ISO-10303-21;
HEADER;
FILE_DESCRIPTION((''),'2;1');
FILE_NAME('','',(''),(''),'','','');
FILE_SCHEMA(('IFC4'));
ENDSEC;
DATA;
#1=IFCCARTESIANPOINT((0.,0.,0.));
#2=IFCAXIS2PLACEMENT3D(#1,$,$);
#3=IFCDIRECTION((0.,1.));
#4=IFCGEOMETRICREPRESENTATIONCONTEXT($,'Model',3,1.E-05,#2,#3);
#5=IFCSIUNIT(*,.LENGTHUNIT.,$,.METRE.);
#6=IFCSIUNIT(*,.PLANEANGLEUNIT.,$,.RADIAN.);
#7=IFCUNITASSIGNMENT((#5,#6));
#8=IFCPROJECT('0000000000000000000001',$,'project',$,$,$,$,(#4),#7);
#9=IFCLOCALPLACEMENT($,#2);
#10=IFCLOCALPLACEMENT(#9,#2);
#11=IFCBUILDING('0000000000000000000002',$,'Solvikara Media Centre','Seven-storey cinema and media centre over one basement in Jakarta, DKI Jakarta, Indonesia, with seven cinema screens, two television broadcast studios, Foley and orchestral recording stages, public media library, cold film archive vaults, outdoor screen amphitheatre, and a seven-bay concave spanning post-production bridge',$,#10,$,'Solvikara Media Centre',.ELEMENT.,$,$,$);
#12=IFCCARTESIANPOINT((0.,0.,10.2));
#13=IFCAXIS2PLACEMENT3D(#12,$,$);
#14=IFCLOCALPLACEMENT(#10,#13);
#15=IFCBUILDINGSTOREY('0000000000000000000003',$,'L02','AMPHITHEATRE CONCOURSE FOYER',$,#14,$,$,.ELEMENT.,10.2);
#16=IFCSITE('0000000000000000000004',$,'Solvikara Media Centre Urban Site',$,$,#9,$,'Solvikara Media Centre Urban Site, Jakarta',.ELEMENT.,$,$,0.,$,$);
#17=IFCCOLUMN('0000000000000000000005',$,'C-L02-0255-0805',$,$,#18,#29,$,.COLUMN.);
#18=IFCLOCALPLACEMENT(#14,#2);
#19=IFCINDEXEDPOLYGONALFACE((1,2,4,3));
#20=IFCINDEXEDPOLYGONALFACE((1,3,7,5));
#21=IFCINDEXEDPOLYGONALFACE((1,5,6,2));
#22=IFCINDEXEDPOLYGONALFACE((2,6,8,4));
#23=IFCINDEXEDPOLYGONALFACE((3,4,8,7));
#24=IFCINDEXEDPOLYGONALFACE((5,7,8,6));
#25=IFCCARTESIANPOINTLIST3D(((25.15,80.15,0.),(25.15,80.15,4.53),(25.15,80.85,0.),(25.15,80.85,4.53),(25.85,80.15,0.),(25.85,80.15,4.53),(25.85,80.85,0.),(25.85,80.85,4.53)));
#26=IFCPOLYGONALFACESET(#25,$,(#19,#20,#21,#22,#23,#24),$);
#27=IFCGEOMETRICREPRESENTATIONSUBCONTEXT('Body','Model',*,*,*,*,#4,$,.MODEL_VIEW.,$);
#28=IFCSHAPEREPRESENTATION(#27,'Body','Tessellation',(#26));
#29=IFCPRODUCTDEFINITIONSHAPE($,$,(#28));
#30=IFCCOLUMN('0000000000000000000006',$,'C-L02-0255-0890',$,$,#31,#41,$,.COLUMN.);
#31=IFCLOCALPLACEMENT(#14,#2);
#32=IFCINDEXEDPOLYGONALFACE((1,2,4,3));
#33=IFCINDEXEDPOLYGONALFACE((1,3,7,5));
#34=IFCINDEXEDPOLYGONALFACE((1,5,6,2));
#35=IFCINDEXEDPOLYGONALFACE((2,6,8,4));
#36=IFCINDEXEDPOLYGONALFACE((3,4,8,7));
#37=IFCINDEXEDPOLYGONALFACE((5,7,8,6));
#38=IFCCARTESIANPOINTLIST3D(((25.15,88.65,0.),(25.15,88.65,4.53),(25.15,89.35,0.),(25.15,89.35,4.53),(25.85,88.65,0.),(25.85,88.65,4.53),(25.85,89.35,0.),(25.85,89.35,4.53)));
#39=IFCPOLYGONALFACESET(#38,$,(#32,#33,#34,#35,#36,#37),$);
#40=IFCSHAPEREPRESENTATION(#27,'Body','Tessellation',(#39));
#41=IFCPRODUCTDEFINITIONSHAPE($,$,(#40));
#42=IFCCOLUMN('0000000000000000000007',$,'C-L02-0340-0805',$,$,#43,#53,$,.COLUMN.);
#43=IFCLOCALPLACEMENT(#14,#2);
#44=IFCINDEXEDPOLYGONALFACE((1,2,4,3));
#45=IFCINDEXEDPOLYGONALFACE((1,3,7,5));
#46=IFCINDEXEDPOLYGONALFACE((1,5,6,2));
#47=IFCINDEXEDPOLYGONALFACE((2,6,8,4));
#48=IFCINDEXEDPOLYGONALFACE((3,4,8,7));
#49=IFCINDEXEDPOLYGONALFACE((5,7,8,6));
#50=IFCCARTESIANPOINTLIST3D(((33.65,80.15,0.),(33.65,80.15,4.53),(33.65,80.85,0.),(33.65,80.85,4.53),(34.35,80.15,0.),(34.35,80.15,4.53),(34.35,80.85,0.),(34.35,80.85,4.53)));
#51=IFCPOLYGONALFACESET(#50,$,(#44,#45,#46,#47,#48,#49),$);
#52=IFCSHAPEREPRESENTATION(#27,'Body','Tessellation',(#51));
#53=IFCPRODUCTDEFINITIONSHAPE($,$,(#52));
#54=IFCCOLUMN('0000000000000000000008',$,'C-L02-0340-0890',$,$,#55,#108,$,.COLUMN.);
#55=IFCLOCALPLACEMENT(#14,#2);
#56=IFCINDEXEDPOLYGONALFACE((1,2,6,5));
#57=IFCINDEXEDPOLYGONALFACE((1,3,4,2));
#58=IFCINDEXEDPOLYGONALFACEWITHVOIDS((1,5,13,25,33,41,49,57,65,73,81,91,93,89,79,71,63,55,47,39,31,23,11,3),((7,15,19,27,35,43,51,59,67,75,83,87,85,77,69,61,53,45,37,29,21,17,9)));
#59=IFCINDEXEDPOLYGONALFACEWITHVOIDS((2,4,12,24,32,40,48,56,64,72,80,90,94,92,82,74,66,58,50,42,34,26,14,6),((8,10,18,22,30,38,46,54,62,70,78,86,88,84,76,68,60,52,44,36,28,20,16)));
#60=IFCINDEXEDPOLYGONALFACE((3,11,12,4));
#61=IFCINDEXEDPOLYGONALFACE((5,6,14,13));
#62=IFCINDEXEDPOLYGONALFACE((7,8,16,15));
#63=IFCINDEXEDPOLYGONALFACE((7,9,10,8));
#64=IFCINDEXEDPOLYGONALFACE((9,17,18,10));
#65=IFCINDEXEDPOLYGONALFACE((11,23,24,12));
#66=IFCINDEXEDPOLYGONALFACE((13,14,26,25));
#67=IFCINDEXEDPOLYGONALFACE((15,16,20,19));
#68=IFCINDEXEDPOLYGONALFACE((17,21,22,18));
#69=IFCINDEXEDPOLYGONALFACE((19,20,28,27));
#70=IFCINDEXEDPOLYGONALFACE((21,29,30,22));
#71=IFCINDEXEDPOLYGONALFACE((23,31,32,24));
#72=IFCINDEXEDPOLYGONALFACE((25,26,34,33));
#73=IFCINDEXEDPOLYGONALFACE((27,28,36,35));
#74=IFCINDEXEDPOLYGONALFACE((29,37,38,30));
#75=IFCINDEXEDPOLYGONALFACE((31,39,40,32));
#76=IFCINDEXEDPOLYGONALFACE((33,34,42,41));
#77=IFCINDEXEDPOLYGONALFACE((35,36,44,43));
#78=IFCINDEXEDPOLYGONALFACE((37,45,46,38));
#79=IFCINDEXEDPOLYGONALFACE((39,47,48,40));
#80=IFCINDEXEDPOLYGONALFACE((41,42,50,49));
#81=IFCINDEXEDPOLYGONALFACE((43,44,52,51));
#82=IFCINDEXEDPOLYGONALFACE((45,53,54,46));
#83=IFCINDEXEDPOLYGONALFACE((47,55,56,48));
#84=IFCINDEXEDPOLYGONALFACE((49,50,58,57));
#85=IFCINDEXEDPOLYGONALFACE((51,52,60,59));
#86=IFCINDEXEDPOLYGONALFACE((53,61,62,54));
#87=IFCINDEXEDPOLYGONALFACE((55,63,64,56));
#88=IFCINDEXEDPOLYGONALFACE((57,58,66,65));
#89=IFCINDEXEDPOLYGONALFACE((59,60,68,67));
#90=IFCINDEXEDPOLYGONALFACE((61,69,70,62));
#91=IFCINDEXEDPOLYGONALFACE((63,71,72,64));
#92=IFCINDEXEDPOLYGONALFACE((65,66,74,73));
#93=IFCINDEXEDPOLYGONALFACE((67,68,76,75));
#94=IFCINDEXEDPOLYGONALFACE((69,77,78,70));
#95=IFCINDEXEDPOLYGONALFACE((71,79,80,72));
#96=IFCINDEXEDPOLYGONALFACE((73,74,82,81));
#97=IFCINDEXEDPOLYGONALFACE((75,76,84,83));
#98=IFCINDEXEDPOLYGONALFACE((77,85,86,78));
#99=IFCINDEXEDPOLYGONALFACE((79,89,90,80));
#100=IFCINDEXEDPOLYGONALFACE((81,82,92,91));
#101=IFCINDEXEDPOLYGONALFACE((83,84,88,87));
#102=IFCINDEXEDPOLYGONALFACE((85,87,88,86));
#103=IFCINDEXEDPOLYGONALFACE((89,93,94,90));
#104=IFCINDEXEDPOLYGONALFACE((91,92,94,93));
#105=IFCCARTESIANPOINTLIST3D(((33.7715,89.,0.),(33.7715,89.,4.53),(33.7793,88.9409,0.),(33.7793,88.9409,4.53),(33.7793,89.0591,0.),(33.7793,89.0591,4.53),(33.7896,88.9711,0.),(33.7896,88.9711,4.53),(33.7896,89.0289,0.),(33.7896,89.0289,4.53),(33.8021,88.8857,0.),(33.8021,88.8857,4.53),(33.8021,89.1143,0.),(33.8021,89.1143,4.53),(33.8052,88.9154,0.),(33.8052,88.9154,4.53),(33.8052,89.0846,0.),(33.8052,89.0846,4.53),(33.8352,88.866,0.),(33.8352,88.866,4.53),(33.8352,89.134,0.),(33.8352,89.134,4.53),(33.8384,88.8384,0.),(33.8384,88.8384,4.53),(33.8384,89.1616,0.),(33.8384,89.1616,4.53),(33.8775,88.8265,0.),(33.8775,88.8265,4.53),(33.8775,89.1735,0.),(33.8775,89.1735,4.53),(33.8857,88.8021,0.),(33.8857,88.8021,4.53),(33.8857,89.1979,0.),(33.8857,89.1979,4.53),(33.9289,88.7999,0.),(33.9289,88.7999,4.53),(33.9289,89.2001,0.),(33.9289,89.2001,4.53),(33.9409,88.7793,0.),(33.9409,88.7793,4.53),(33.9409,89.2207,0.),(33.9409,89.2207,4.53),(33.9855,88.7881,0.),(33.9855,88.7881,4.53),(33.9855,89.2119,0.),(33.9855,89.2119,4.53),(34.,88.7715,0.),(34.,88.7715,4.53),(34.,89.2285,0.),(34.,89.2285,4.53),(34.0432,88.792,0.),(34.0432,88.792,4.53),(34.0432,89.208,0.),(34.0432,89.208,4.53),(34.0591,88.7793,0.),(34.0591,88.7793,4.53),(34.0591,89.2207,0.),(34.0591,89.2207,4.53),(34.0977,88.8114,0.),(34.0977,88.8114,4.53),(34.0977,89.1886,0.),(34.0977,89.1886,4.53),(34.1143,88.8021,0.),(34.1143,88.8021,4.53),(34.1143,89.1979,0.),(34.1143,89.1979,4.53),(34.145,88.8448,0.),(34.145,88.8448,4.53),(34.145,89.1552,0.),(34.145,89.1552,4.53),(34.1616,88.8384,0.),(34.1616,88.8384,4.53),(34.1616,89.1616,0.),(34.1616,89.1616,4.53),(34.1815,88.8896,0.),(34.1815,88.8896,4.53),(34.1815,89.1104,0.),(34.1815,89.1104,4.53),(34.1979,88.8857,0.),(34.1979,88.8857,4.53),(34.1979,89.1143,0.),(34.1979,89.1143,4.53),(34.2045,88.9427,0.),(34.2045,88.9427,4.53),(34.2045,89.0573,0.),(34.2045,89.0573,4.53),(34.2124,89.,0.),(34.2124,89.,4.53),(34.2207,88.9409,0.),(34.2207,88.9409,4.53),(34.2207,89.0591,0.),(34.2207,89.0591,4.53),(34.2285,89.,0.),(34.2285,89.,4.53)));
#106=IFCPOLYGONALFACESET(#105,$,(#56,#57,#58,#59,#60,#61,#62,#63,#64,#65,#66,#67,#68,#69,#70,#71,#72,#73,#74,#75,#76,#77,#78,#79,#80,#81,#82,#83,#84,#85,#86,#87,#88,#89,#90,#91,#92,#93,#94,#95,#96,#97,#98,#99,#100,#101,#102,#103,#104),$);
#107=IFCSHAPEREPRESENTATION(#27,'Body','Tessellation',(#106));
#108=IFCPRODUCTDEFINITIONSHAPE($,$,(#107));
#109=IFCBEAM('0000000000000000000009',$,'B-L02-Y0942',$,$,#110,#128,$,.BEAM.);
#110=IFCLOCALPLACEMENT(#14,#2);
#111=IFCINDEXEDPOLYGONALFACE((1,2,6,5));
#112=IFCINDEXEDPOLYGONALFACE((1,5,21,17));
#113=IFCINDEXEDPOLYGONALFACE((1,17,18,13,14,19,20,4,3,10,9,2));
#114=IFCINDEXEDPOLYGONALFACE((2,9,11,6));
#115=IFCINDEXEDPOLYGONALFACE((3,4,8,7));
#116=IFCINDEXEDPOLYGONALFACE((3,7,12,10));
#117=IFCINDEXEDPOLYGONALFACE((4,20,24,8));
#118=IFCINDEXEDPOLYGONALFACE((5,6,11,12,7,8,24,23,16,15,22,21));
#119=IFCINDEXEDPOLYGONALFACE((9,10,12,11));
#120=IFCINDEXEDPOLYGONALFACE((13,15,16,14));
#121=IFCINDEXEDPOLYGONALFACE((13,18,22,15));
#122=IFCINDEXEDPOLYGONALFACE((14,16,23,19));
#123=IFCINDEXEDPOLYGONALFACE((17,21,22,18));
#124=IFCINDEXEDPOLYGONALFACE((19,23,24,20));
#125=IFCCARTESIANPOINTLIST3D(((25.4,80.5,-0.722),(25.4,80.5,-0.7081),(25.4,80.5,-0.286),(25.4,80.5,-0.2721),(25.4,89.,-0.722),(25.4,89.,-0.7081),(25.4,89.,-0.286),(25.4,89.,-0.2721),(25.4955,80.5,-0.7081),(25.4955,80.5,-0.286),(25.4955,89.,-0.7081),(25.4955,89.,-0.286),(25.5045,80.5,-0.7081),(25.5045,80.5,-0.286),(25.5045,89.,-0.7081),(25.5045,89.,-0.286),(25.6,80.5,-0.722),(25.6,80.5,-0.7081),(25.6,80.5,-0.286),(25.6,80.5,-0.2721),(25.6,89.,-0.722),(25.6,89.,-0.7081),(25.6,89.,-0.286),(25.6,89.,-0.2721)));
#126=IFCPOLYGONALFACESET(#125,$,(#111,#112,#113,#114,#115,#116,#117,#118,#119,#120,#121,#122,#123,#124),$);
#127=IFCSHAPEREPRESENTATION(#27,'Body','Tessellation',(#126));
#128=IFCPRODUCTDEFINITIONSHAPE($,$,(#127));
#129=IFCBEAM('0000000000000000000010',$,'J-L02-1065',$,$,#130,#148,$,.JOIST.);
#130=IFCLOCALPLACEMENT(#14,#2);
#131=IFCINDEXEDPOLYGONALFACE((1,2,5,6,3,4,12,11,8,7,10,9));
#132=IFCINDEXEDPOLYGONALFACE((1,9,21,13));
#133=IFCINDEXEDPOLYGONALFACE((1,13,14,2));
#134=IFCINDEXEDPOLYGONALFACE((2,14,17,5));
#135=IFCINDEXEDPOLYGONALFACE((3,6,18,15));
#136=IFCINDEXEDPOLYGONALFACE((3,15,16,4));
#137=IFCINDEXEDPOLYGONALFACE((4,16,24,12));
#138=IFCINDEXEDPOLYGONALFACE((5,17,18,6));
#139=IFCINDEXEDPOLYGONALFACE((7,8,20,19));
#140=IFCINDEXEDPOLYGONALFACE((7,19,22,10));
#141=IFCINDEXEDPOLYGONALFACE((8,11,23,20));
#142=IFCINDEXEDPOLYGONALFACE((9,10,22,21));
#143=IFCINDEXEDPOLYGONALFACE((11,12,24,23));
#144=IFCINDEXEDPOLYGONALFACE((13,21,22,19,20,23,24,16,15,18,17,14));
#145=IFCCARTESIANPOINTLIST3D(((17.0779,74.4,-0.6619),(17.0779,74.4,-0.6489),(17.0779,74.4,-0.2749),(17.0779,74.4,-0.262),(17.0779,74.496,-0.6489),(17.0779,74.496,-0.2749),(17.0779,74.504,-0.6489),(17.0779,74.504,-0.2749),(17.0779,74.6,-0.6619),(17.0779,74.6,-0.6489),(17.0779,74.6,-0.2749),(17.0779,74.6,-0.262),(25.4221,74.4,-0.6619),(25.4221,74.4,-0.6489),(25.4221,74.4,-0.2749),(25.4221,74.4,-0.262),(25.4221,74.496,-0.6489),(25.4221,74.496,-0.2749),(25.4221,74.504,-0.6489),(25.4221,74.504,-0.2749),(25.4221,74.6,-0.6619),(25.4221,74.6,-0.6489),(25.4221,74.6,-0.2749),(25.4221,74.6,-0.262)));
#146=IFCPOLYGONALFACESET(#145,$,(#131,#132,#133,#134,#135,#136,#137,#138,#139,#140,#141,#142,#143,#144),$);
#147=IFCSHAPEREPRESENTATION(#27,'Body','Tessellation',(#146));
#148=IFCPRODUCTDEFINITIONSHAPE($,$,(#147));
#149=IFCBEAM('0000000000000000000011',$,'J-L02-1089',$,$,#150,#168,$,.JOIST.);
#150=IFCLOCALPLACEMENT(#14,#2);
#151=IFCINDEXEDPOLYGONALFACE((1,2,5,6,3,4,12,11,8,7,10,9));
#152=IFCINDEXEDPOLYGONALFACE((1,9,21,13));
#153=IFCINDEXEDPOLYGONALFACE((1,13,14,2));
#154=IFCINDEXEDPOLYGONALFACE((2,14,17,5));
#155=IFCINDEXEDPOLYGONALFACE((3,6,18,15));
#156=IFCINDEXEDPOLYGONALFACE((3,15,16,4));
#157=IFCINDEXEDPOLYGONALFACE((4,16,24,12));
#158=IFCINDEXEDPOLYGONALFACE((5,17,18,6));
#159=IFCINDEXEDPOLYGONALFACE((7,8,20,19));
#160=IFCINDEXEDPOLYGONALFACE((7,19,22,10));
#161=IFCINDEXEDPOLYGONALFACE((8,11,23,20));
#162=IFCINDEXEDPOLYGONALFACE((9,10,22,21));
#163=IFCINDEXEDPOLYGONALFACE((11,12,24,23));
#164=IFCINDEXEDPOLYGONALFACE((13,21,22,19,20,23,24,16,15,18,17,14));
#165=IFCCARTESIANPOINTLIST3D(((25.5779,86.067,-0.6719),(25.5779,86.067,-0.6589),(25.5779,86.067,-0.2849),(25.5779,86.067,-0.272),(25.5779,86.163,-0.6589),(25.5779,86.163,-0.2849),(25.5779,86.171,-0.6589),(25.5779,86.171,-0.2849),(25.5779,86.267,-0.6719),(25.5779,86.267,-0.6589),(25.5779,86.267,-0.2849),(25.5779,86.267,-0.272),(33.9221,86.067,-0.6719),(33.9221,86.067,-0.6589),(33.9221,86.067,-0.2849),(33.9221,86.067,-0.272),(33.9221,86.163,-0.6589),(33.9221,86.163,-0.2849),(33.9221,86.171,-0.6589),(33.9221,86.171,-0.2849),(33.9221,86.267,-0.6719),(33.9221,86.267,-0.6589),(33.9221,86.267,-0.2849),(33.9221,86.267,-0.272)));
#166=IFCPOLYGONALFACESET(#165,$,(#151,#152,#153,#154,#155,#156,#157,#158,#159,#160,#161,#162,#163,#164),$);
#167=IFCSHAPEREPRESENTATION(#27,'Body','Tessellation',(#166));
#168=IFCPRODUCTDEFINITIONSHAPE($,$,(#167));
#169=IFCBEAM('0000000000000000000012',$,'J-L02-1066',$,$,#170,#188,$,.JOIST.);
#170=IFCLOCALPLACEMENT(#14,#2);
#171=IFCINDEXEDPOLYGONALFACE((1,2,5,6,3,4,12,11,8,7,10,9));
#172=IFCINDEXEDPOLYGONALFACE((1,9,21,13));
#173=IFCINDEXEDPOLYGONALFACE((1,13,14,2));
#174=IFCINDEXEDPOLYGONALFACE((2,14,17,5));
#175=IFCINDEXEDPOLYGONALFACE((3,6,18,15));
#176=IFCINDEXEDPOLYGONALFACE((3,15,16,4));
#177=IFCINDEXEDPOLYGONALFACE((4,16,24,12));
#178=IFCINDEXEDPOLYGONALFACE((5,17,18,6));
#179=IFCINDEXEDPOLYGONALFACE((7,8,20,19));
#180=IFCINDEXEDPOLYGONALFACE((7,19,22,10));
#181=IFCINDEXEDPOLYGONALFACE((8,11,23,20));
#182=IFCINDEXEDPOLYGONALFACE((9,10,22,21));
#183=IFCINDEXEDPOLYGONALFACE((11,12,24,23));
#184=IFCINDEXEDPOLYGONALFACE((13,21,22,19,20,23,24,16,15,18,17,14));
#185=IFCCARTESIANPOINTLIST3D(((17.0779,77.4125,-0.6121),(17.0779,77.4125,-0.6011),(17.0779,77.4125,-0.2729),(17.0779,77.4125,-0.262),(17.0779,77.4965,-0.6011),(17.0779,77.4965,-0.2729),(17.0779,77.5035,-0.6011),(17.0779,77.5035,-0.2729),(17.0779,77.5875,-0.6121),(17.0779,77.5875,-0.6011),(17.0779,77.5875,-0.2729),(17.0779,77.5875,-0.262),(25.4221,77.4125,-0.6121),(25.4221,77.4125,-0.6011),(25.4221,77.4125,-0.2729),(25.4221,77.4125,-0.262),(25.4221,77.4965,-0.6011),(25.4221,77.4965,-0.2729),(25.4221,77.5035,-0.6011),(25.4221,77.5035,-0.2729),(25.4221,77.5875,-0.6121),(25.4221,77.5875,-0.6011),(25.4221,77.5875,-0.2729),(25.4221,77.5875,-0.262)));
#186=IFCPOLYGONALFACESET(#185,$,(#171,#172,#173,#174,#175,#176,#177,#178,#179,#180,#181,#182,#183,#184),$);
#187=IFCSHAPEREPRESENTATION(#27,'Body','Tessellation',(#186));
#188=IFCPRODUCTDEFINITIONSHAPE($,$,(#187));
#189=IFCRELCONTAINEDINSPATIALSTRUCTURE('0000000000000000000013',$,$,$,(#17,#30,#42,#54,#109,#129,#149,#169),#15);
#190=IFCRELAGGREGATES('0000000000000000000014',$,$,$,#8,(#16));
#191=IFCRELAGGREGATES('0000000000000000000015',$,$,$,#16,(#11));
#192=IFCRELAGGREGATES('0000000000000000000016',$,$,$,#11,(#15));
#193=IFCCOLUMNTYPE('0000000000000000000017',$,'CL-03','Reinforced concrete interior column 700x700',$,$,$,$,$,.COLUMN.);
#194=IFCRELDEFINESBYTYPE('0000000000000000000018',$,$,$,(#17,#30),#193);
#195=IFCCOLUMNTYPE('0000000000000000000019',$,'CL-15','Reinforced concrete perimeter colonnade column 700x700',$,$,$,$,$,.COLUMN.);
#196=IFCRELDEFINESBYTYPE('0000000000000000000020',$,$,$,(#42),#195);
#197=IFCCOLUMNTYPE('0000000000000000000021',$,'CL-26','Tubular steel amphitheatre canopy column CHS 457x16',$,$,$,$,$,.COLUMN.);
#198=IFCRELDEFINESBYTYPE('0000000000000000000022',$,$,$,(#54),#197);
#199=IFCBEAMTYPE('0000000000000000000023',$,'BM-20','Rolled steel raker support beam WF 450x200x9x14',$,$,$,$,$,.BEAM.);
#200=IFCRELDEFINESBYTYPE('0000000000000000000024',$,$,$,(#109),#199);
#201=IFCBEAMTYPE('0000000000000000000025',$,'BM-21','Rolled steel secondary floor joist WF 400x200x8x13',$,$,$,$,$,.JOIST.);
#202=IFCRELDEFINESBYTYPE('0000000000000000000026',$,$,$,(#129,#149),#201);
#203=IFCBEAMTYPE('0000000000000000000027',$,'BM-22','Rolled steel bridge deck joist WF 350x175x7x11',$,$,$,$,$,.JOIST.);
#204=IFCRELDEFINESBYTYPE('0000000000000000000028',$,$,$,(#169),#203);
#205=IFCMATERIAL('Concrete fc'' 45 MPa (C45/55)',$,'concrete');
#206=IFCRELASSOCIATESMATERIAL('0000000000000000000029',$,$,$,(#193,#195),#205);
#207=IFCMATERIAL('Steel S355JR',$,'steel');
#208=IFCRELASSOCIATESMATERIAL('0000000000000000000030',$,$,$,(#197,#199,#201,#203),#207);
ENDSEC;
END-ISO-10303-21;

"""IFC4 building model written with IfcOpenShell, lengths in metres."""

from ifc_helpers import new_model, si_unit, direction, frame, origin, origin_2d, place, context, subcontext, project, spatial, rectangle, hollow_circle, i_section, extrude, material, material_profile, profile_set, type_object, element, save


model = new_model("IFC4")

# Units and contexts
model_context = context("Model", 3, precision=1e-05, world=origin(), true_north=direction((0.0, 1.0)))
body_context = subcontext(model_context, "Body", "Model", "MODEL_VIEW")
ifc_project = project(units=[si_unit("LENGTHUNIT", "METRE"), si_unit("PLANEANGLEUNIT", "RADIAN")], contexts=[model_context])

# Site, building, storey
site_placement = place(None, origin())
site = spatial("IfcSite", under=ifc_project, at=site_placement, Name="Solvikara Media Centre Urban Site", LongName="Solvikara Media Centre Urban Site, Jakarta", CompositionType="ELEMENT", RefElevation=0.0)
building_placement = place(site_placement, origin())
building = spatial("IfcBuilding", under=site, at=building_placement, Name="Solvikara Media Centre", Description="Seven-storey cinema and media centre over one basement in Jakarta, DKI Jakarta, Indonesia, with seven cinema screens, two television broadcast studios, Foley and orchestral recording stages, public media library, cold film archive vaults, outdoor screen amphitheatre, and a seven-bay concave spanning post-production bridge", LongName="Solvikara Media Centre", CompositionType="ELEMENT")
storey_placement = place(building_placement, frame((0.0, 0.0, 10.2)))
storey = spatial("IfcBuildingStorey", under=building, at=storey_placement, Name="L02", Description="AMPHITHEATRE CONCOURSE FOYER", CompositionType="ELEMENT", Elevation=10.2)

# Columns
ifc_material_1 = material(Name="Concrete fc' 45 MPa (C45/55)", Category="concrete")
ifc_material_profile_1 = material_profile(ifc_material_1, rectangle(XDim=0.7, YDim=0.7, at=origin_2d()), Name="RC 700x700")
ifc_profile_set_1 = profile_set([ifc_material_profile_1], Name="Concrete fc' 45 MPa (C45/55)")
column_type_1 = type_object("IfcColumnType", Name="CL-03", Description="Reinforced concrete interior column 700x700", PredefinedType="COLUMN", material=ifc_profile_set_1)
for number, where, z_axis, x_axis, name in (
    (1, (25.5, 80.5, 0.0), (0.0, 0.0, 1.0), (1.0, 0.0, 0.0), "C-L02-0255-0805"),
    (2, (25.5, 89.0, 0.0), (0.0, 0.0, 1.0), (1.0, 0.0, 0.0), "C-L02-0255-0890"),
):
    element("IfcColumn", number, at=place(storey_placement, frame(where, z_axis=z_axis, x_axis=x_axis)), inside=storey, type_object=column_type_1, Name=name, PredefinedType="COLUMN", context=body_context, shape_type="SweptSolid", body=[
        extrude(rectangle(XDim=0.7, YDim=0.7, at=origin_2d()), origin(), (0.0, 0.0, 1.0), 4.53),
    ])
ifc_material_profile_2 = material_profile(ifc_material_1, rectangle(XDim=0.7, YDim=0.7, at=origin_2d()), Name="RC 700x700")
ifc_profile_set_2 = profile_set([ifc_material_profile_2], Name="Concrete fc' 45 MPa (C45/55)")
column_type_2 = type_object("IfcColumnType", Name="CL-15", Description="Reinforced concrete perimeter colonnade column 700x700", PredefinedType="COLUMN", material=ifc_profile_set_2)
column_1_placement = place(storey_placement, frame((34.0, 80.5, 0.0), z_axis=(0.0, 0.0, 1.0), x_axis=(1.0, 0.0, 0.0)))
element("IfcColumn", 3, at=column_1_placement, inside=storey, type_object=column_type_2, Name="C-L02-0340-0805", PredefinedType="COLUMN", context=body_context, shape_type="SweptSolid", body=[
    extrude(rectangle(XDim=0.7, YDim=0.7, at=origin_2d()), origin(), (0.0, 0.0, 1.0), 4.53),
])
ifc_material_2 = material(Name="Steel S355JR", Category="steel")
ifc_material_profile_3 = material_profile(ifc_material_2, hollow_circle(Radius=0.2285, WallThickness=0.0161, at=origin_2d()), Name="CHS 457x16")
ifc_profile_set_3 = profile_set([ifc_material_profile_3], Name="Steel S355JR")
column_type_3 = type_object("IfcColumnType", Name="CL-26", Description="Tubular steel amphitheatre canopy column CHS 457x16", PredefinedType="COLUMN", material=ifc_profile_set_3)
column_2_placement = place(storey_placement, frame((34.0, 89.0, 0.0), z_axis=(0.0, 0.0, 1.0), x_axis=(1.0, 0.0, 0.0)))
element("IfcColumn", 4, at=column_2_placement, inside=storey, type_object=column_type_3, Name="C-L02-0340-0890", PredefinedType="COLUMN", context=body_context, shape_type="SweptSolid", body=[
    extrude(hollow_circle(Radius=0.2285, WallThickness=0.0161, at=origin_2d()), origin(), (0.0, 0.0, 1.0), 4.53),
])

# Beams
ifc_material_profile_4 = material_profile(ifc_material_2, i_section(OverallWidth=0.2, OverallDepth=0.45, WebThickness=0.009, FlangeThickness=0.0139, at=origin_2d()), Name="WF 450x200x9x14")
ifc_profile_set_4 = profile_set([ifc_material_profile_4], Name="Steel S355JR")
beam_type_1 = type_object("IfcBeamType", Name="BM-20", Description="Rolled steel raker support beam WF 450x200x9x14", PredefinedType="BEAM", material=ifc_profile_set_4)
beam_1_placement = place(storey_placement, frame((25.5, 80.5, -0.4971), z_axis=(0.0, 1.0, 0.0), x_axis=(-1.0, 0.0, 0.0)))
element("IfcBeam", 5, at=beam_1_placement, inside=storey, type_object=beam_type_1, Name="B-L02-Y0942", PredefinedType="BEAM", context=body_context, shape_type="SweptSolid", body=[
    extrude(i_section(OverallWidth=0.2, OverallDepth=0.45, WebThickness=0.009, FlangeThickness=0.0139, at=origin_2d()), origin(), (0.0, 0.0, 1.0), 8.5),
])
ifc_material_profile_5 = material_profile(ifc_material_2, i_section(OverallWidth=0.2, OverallDepth=0.3999, WebThickness=0.0081, FlangeThickness=0.0129, at=origin_2d()), Name="WF 400x200x8x13")
ifc_profile_set_5 = profile_set([ifc_material_profile_5], Name="Steel S355JR")
beam_type_2 = type_object("IfcBeamType", Name="BM-21", Description="Rolled steel secondary floor joist WF 400x200x8x13", PredefinedType="JOIST", material=ifc_profile_set_5)
for number, where, z_axis, x_axis, name in (
    (6, (17.0779, 74.5, -0.4619), (1.0, 0.0, 0.0), (0.0, 1.0, 0.0), "J-L02-1065"),
    (7, (25.5779, 86.167, -0.4719), (1.0, 0.0, 0.0), (0.0, 1.0, 0.0), "J-L02-1089"),
):
    element("IfcBeam", number, at=place(storey_placement, frame(where, z_axis=z_axis, x_axis=x_axis)), inside=storey, type_object=beam_type_2, Name=name, PredefinedType="JOIST", context=body_context, shape_type="SweptSolid", body=[
        extrude(i_section(OverallWidth=0.2, OverallDepth=0.3999, WebThickness=0.0081, FlangeThickness=0.0129, at=origin_2d()), origin(), (0.0, 0.0, 1.0), 8.3442),
    ])
ifc_material_profile_6 = material_profile(ifc_material_2, i_section(OverallWidth=0.175, OverallDepth=0.3501, WebThickness=0.0071, FlangeThickness=0.011, at=origin_2d()), Name="WF 350x175x7x11")
ifc_profile_set_6 = profile_set([ifc_material_profile_6], Name="Steel S355JR")
beam_type_3 = type_object("IfcBeamType", Name="BM-22", Description="Rolled steel bridge deck joist WF 350x175x7x11", PredefinedType="JOIST", material=ifc_profile_set_6)
beam_2_placement = place(storey_placement, frame((17.0779, 77.5, -0.437), z_axis=(1.0, 0.0, 0.0), x_axis=(0.0, 1.0, 0.0)))
element("IfcBeam", 8, at=beam_2_placement, inside=storey, type_object=beam_type_3, Name="J-L02-1066", PredefinedType="JOIST", context=body_context, shape_type="SweptSolid", body=[
    extrude(i_section(OverallWidth=0.175, OverallDepth=0.3501, WebThickness=0.0071, FlangeThickness=0.011, at=origin_2d()), origin(), (0.0, 0.0, 1.0), 8.3442),
])

save(model, "model.ifc")
